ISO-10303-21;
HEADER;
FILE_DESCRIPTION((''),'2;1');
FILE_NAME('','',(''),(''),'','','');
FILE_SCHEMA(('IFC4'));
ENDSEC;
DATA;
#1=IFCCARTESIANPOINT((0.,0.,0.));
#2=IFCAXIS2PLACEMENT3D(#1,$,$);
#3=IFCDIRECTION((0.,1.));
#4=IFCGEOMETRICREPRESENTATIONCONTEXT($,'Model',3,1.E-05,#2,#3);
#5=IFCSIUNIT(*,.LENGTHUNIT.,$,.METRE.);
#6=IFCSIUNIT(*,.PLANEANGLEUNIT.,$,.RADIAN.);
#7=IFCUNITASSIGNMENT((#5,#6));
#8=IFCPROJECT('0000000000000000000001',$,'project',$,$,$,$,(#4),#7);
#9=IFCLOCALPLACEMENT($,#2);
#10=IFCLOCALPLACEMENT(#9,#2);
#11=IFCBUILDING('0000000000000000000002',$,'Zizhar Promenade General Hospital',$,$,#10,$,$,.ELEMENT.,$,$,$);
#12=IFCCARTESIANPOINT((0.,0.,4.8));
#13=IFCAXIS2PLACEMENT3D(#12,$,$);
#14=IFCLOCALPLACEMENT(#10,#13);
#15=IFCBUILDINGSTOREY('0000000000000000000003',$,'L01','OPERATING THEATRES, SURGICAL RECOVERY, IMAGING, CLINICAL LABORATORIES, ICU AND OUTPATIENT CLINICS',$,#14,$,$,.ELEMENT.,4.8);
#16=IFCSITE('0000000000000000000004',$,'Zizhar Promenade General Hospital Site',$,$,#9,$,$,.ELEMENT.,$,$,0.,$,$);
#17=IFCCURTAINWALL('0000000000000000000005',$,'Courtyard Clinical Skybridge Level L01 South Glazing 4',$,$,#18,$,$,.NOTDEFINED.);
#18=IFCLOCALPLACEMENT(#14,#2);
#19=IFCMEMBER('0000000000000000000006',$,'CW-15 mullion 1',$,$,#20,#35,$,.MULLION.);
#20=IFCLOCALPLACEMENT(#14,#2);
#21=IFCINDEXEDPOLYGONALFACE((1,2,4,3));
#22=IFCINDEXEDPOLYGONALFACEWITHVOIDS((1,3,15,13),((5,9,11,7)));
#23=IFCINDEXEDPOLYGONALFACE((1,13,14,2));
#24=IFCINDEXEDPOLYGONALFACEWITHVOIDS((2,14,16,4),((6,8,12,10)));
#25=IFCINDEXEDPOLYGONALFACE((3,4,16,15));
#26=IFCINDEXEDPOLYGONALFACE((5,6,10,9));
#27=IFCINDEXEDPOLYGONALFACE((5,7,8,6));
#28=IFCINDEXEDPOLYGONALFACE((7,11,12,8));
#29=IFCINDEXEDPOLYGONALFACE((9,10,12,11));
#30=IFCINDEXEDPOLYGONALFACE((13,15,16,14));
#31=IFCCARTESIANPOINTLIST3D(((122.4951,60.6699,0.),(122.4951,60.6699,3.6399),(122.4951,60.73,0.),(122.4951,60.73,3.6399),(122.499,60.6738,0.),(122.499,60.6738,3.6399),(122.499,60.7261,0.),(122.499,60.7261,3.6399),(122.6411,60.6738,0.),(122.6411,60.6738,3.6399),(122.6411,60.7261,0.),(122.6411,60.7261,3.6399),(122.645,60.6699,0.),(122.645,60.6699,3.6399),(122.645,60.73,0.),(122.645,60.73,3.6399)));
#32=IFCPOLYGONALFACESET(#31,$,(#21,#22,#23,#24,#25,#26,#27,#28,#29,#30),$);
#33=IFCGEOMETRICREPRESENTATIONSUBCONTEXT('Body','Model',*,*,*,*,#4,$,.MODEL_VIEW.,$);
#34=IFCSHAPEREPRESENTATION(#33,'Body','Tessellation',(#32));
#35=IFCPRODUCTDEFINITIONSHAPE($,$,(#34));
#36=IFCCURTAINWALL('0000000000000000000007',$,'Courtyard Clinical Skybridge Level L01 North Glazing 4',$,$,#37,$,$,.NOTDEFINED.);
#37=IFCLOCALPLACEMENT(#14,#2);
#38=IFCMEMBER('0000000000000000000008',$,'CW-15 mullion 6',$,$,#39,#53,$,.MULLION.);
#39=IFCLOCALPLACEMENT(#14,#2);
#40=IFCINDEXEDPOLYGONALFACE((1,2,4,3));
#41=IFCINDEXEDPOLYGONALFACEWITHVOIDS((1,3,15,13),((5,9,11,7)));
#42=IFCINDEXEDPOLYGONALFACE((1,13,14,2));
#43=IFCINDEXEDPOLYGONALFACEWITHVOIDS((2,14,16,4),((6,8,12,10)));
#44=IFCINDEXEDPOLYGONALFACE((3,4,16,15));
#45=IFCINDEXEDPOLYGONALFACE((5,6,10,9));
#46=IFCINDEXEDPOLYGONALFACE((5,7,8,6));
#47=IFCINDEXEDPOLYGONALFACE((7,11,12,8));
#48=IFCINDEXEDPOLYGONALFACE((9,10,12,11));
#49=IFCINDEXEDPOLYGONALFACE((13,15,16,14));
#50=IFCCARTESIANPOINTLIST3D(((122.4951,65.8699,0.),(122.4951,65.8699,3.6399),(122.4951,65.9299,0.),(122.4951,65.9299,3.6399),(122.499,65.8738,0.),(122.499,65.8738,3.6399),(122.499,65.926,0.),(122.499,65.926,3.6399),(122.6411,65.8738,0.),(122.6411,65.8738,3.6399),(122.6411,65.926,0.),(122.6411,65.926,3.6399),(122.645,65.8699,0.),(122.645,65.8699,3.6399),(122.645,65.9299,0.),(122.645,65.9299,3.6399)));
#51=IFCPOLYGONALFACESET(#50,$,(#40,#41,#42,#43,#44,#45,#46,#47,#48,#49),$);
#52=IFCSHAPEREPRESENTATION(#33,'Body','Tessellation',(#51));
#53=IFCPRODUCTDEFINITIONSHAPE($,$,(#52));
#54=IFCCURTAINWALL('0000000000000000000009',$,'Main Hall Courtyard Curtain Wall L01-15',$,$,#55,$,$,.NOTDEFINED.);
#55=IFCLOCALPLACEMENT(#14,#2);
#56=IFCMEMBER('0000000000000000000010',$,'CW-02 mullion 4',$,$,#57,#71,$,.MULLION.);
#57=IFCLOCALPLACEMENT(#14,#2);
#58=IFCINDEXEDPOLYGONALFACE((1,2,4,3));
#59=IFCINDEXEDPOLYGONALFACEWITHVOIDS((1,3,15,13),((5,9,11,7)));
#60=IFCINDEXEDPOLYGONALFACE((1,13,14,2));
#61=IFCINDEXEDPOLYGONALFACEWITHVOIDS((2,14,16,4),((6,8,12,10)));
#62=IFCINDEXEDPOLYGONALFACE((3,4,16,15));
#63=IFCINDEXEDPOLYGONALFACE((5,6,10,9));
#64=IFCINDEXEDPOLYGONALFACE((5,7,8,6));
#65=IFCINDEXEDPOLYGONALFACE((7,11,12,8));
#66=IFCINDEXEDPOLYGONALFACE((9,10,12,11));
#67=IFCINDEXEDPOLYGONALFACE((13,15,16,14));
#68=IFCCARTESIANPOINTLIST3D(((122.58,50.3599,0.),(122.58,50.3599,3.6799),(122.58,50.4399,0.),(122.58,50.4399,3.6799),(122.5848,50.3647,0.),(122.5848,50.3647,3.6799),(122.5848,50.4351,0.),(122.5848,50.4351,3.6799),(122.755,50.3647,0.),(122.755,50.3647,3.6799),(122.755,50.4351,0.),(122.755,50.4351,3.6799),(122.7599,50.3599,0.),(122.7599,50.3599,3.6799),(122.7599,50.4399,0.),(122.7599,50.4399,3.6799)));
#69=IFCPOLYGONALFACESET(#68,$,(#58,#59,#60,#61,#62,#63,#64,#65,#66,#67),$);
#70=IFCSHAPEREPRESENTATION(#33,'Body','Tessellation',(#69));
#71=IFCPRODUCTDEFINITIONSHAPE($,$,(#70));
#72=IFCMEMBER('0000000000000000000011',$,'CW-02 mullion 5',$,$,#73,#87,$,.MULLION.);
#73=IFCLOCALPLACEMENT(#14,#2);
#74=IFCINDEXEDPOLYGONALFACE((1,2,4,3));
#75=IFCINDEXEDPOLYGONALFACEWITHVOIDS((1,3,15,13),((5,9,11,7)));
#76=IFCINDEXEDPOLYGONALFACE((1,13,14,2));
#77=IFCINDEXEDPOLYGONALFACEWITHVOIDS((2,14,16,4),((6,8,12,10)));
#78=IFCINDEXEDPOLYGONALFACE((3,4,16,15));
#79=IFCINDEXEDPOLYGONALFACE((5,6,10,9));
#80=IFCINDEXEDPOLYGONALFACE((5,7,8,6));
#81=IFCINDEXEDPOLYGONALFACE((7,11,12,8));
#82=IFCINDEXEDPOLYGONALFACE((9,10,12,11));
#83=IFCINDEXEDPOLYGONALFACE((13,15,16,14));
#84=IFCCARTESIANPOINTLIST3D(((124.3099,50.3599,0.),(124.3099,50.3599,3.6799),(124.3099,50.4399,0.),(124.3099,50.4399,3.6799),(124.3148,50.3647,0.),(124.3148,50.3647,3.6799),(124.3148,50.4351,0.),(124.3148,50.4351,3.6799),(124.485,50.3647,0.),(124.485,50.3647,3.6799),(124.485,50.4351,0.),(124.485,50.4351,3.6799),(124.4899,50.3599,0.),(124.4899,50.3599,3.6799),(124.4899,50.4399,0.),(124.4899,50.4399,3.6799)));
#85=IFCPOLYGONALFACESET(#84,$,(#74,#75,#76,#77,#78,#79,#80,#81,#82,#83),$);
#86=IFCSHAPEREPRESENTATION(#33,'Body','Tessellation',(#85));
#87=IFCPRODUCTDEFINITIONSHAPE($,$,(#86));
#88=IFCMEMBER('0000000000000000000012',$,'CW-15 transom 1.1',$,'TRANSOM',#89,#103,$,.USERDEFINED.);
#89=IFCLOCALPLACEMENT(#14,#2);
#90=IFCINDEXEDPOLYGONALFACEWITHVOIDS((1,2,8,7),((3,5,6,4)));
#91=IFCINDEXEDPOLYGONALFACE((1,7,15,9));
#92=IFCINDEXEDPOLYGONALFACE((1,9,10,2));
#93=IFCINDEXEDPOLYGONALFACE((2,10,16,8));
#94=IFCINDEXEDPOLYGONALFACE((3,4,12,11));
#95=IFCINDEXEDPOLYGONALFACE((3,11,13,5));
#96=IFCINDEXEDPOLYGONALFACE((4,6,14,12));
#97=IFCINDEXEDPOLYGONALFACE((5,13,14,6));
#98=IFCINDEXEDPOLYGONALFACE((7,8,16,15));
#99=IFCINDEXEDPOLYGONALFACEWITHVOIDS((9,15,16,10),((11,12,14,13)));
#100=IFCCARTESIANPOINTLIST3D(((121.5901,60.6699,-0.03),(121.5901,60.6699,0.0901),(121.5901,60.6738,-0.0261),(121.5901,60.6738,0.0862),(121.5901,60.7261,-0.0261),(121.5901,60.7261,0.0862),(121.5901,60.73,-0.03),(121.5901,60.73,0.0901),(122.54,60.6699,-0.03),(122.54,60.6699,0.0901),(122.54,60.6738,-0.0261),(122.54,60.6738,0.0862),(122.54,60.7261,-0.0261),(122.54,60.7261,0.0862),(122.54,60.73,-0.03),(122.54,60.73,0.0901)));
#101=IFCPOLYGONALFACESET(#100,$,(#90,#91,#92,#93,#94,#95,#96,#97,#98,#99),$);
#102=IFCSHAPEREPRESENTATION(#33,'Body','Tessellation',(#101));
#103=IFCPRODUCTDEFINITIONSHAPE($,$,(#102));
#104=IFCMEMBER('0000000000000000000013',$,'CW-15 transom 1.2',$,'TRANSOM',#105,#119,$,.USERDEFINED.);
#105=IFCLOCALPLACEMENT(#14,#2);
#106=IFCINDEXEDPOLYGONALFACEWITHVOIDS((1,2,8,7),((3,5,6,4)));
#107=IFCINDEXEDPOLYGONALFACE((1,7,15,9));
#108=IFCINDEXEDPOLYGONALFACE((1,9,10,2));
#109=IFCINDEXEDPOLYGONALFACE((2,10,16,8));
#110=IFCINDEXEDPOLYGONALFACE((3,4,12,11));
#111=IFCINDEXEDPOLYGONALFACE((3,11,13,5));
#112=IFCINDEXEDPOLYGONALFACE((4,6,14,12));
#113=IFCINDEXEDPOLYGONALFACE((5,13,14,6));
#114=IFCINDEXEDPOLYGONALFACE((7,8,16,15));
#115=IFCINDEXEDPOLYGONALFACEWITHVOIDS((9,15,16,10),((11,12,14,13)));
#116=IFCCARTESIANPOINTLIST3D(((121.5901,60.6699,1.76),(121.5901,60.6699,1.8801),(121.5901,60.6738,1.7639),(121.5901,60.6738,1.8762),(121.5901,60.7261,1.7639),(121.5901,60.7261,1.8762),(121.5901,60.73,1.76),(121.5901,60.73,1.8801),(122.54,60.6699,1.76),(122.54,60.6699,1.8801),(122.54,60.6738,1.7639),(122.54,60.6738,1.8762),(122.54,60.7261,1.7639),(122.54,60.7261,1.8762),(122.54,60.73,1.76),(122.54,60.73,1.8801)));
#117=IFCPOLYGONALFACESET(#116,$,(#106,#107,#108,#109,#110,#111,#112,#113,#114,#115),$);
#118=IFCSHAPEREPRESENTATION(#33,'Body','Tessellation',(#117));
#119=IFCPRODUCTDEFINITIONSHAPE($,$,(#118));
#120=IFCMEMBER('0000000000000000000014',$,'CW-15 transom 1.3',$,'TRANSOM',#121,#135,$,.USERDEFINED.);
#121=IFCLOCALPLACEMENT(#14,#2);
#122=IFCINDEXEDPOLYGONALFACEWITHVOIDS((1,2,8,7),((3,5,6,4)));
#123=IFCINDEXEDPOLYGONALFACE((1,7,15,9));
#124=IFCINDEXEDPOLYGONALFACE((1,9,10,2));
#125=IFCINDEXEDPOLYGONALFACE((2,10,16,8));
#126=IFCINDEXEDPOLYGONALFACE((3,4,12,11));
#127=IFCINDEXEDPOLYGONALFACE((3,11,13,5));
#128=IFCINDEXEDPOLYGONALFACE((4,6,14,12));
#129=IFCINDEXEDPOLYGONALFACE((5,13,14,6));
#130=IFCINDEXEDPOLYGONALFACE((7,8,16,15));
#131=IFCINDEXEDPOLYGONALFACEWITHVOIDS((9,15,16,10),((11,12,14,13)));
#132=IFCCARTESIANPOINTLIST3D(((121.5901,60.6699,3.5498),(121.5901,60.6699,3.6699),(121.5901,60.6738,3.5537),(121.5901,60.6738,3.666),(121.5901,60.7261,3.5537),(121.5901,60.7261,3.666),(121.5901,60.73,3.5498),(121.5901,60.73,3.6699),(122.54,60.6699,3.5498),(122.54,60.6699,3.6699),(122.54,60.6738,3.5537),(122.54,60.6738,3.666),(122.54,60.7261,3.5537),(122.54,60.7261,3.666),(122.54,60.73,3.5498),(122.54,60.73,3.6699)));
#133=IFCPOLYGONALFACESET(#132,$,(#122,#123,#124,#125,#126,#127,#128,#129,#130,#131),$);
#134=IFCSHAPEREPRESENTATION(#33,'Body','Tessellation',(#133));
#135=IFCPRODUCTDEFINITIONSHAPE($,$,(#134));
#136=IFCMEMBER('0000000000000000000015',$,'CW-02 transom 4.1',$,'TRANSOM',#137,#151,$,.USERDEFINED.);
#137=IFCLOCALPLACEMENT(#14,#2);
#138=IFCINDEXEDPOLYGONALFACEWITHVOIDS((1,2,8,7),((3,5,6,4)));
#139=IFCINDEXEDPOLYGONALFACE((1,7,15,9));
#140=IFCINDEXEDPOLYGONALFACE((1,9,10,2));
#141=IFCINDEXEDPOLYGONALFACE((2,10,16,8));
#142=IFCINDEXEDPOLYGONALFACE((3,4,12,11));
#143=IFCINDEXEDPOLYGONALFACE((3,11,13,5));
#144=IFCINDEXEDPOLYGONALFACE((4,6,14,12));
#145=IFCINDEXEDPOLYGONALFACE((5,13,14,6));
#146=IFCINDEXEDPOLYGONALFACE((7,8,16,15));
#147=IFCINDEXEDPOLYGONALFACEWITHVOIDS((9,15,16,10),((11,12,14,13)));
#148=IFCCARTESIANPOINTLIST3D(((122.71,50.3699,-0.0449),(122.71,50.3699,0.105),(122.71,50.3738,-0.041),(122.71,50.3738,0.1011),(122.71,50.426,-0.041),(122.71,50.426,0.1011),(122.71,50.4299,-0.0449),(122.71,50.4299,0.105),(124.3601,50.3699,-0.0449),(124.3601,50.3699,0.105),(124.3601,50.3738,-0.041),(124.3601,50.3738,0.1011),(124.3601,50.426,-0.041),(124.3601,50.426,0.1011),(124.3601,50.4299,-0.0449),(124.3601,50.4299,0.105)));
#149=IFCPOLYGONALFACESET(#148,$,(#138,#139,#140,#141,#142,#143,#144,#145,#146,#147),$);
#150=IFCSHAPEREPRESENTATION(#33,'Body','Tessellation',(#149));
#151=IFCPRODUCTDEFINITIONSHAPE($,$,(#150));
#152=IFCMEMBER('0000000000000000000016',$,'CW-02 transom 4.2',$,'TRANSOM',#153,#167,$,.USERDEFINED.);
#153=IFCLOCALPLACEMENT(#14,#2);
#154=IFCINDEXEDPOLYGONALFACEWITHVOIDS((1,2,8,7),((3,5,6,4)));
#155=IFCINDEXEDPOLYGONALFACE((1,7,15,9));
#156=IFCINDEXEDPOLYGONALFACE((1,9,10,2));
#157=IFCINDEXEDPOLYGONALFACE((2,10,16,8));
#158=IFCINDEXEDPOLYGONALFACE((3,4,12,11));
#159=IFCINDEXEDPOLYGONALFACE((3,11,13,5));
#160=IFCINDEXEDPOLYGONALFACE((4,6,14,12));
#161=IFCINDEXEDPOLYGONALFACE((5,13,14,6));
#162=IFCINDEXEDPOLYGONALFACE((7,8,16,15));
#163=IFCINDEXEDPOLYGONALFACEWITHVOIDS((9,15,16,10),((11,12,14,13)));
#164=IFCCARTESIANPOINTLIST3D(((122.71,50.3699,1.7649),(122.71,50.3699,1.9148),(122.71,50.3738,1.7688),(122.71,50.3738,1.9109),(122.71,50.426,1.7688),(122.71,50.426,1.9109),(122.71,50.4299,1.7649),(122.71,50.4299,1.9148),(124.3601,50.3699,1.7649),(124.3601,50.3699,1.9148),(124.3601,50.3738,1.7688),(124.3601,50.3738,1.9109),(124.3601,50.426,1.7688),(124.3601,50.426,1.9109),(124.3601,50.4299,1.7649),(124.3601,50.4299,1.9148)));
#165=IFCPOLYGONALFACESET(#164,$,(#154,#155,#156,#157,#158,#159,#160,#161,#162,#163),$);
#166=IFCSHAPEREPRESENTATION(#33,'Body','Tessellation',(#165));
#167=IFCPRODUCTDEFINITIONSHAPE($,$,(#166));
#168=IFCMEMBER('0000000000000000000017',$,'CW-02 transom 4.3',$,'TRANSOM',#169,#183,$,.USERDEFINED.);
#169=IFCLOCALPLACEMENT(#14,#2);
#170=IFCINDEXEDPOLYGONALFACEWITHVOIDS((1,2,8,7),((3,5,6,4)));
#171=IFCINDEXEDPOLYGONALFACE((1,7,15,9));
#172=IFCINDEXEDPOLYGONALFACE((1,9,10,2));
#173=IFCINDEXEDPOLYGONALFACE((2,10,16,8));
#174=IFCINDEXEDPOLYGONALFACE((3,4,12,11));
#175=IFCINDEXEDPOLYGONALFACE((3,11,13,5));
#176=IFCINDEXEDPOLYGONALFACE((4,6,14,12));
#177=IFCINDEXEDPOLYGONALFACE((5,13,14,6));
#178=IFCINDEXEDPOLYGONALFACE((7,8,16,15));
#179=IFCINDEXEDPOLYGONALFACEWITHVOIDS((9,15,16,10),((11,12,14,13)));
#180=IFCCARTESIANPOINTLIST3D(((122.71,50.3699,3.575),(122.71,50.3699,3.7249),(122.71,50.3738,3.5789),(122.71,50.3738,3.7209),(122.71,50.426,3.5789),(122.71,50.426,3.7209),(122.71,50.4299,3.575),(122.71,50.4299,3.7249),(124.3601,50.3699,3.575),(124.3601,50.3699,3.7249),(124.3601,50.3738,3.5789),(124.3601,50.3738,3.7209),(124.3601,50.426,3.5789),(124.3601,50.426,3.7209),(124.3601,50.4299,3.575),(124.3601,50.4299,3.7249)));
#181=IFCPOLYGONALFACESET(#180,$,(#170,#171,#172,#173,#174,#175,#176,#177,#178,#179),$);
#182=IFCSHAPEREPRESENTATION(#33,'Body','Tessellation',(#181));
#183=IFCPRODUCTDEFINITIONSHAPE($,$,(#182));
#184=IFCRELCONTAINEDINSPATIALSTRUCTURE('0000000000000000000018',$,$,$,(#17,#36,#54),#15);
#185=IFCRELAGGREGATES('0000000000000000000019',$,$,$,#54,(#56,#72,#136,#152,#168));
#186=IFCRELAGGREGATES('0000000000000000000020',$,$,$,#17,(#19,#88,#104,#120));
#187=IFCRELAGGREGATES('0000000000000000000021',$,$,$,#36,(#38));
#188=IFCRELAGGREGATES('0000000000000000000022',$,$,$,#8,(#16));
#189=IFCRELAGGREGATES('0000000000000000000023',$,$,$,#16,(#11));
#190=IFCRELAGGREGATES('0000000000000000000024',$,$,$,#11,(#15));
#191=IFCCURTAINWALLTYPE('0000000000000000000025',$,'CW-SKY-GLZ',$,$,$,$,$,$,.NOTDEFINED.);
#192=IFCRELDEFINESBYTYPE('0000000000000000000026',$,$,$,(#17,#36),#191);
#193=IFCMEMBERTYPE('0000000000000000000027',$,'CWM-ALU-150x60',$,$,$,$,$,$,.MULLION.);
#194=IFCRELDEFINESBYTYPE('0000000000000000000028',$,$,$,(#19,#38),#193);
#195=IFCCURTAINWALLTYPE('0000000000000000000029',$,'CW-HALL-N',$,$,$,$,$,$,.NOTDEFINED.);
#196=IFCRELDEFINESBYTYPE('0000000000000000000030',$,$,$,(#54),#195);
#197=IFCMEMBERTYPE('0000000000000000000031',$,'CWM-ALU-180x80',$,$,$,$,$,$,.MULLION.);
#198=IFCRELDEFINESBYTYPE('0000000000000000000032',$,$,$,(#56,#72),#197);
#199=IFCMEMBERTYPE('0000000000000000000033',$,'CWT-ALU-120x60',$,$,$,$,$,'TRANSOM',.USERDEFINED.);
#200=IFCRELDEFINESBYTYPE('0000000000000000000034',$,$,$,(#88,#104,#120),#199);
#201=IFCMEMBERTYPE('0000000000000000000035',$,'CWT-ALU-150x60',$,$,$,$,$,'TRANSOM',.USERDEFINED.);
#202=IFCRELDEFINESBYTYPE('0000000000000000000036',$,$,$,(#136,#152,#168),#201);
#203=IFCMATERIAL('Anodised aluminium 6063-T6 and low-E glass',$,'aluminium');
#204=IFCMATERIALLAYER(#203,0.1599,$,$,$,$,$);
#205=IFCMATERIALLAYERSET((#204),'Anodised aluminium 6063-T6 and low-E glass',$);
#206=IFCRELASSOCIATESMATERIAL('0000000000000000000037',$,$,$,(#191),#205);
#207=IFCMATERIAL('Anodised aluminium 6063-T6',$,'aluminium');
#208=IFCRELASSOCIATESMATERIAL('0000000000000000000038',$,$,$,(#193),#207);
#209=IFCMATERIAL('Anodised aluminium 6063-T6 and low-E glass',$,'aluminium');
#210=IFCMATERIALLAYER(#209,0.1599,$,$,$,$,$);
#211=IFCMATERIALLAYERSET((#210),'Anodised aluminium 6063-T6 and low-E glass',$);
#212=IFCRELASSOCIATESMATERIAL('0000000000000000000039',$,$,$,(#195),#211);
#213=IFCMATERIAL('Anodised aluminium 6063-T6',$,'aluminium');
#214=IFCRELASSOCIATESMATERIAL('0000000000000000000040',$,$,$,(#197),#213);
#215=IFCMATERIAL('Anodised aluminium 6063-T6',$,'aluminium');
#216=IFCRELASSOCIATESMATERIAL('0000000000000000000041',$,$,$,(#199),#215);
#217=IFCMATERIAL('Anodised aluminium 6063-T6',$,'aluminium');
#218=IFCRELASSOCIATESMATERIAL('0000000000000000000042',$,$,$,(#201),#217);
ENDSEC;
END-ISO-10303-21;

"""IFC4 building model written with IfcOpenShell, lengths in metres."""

from ifc_helpers import new_model, si_unit, direction, frame, origin, origin_2d, place, context, subcontext, project, spatial, hollow_rectangle, extrude, material, layer, layer_set, material_profile, profile_set, type_object, element, aggregate, save


model = new_model("IFC4")

# Units and contexts
model_context = context("Model", 3, precision=1e-05, world=origin(), true_north=direction((0.0, 1.0)))
body_context = subcontext(model_context, "Body", "Model", "MODEL_VIEW")
ifc_project = project(units=[si_unit("LENGTHUNIT", "METRE"), si_unit("PLANEANGLEUNIT", "RADIAN")], contexts=[model_context])

# Site, building, storey
site_placement = place(None, origin())
site = spatial("IfcSite", under=ifc_project, at=site_placement, Name="Zizhar Promenade General Hospital Site", CompositionType="ELEMENT", RefElevation=0.0)
building_placement = place(site_placement, origin())
building = spatial("IfcBuilding", under=site, at=building_placement, Name="Zizhar Promenade General Hospital", CompositionType="ELEMENT")
storey_placement = place(building_placement, frame((0.0, 0.0, 4.8)))
storey = spatial("IfcBuildingStorey", under=building, at=storey_placement, Name="L01", Description="OPERATING THEATRES, SURGICAL RECOVERY, IMAGING, CLINICAL LABORATORIES, ICU AND OUTPATIENT CLINICS", CompositionType="ELEMENT", Elevation=4.8)

# Curtain walls, members
ifc_material_1 = material(Name="Anodised aluminium 6063-T6 and low-E glass", Category="aluminium")
ifc_layer_1 = layer(ifc_material_1, 0.1599)
ifc_layer_set_1 = layer_set([ifc_layer_1], Name="Anodised aluminium 6063-T6 and low-E glass")
curtain_wall_type_1 = type_object("IfcCurtainWallType", Name="CW-SKY-GLZ", PredefinedType="NOTDEFINED", material=ifc_layer_set_1)
curtain_wall_1_placement = place(storey_placement, origin())
curtain_wall_1 = element("IfcCurtainWall", 1, at=curtain_wall_1_placement, inside=storey, type_object=curtain_wall_type_1, Name="Courtyard Clinical Skybridge Level L01 South Glazing 4", PredefinedType="NOTDEFINED")
ifc_material_2 = material(Name="Anodised aluminium 6063-T6", Category="aluminium")
ifc_material_profile_1 = material_profile(ifc_material_2, hollow_rectangle(XDim=0.0601, YDim=0.1499, WallThickness=0.0039, at=origin_2d()))
ifc_profile_set_1 = profile_set([ifc_material_profile_1], Name="Anodised aluminium 6063-T6")
member_type_1 = type_object("IfcMemberType", Name="CWM-ALU-150x60", PredefinedType="MULLION", material=ifc_profile_set_1)
member_1_placement = place(storey_placement, frame((122.5701, 60.7, 0.0), z_axis=(0.0, 0.0, 1.0), x_axis=(0.0, -1.0, 0.0)))
member_1 = element("IfcMember", 2, at=member_1_placement, type_object=member_type_1, Name="CW-15 mullion 1", PredefinedType="MULLION", context=body_context, shape_type="SweptSolid", body=[
    extrude(hollow_rectangle(XDim=0.0601, YDim=0.1499, WallThickness=0.0039, at=origin_2d()), origin(), (0.0, 0.0, 1.0), 3.6399),
])
curtain_wall_2_placement = place(storey_placement, origin())
curtain_wall_2 = element("IfcCurtainWall", 3, at=curtain_wall_2_placement, inside=storey, type_object=curtain_wall_type_1, Name="Courtyard Clinical Skybridge Level L01 North Glazing 4", PredefinedType="NOTDEFINED")
member_2_placement = place(storey_placement, frame((122.5701, 65.8999, 0.0), z_axis=(0.0, 0.0, 1.0), x_axis=(0.0, 1.0, 0.0)))
member_2 = element("IfcMember", 4, at=member_2_placement, type_object=member_type_1, Name="CW-15 mullion 6", PredefinedType="MULLION", context=body_context, shape_type="SweptSolid", body=[
    extrude(hollow_rectangle(XDim=0.0601, YDim=0.1499, WallThickness=0.0039, at=origin_2d()), origin(), (0.0, 0.0, 1.0), 3.6399),
])

# Curtain wall, members
ifc_material_3 = material(Name="Anodised aluminium 6063-T6 and low-E glass", Category="aluminium")
ifc_layer_2 = layer(ifc_material_3, 0.1599)
ifc_layer_set_2 = layer_set([ifc_layer_2], Name="Anodised aluminium 6063-T6 and low-E glass")
curtain_wall_type_2 = type_object("IfcCurtainWallType", Name="CW-HALL-N", PredefinedType="NOTDEFINED", material=ifc_layer_set_2)
curtain_wall_3_placement = place(storey_placement, origin())
curtain_wall_3 = element("IfcCurtainWall", 5, at=curtain_wall_3_placement, inside=storey, type_object=curtain_wall_type_2, Name="Main Hall Courtyard Curtain Wall L01-15", PredefinedType="NOTDEFINED")
ifc_material_4 = material(Name="Anodised aluminium 6063-T6", Category="aluminium")
ifc_material_profile_2 = material_profile(ifc_material_4, hollow_rectangle(XDim=0.0801, YDim=0.1799, WallThickness=0.0049, at=origin_2d()))
ifc_profile_set_2 = profile_set([ifc_material_profile_2], Name="Anodised aluminium 6063-T6")
member_type_2 = type_object("IfcMemberType", Name="CWM-ALU-180x80", PredefinedType="MULLION", material=ifc_profile_set_2)
member_3_placement = place(storey_placement, frame((122.6699, 50.3999, 0.0), z_axis=(0.0, 0.0, 1.0), x_axis=(0.0, 1.0, 0.0)))
member_3 = element("IfcMember", 6, at=member_3_placement, type_object=member_type_2, Name="CW-02 mullion 4", PredefinedType="MULLION", context=body_context, shape_type="SweptSolid", body=[
    extrude(hollow_rectangle(XDim=0.0801, YDim=0.1799, WallThickness=0.0049, at=origin_2d()), origin(), (0.0, 0.0, 1.0), 3.6799),
])
member_4_placement = place(storey_placement, frame((124.3999, 50.3999, 0.0), z_axis=(0.0, 0.0, 1.0), x_axis=(0.0, 1.0, 0.0)))
member_4 = element("IfcMember", 7, at=member_4_placement, type_object=member_type_2, Name="CW-02 mullion 5", PredefinedType="MULLION", context=body_context, shape_type="SweptSolid", body=[
    extrude(hollow_rectangle(XDim=0.0801, YDim=0.1799, WallThickness=0.0049, at=origin_2d()), origin(), (0.0, 0.0, 1.0), 3.6799),
])

# Members
ifc_material_5 = material(Name="Anodised aluminium 6063-T6", Category="aluminium")
ifc_material_profile_3 = material_profile(ifc_material_5, hollow_rectangle(XDim=0.0601, YDim=0.1201, WallThickness=0.0039, at=origin_2d()))
ifc_profile_set_3 = profile_set([ifc_material_profile_3], Name="Anodised aluminium 6063-T6")
member_type_3 = type_object("IfcMemberType", Name="CWT-ALU-120x60", ElementType="TRANSOM", PredefinedType="USERDEFINED", material=ifc_profile_set_3)
member_5_placement = place(storey_placement, frame((122.54, 60.7, 0.03), z_axis=(-1.0, 0.0, 0.0), x_axis=(0.0, -1.0, 0.0)))
member_5 = element("IfcMember", 8, at=member_5_placement, type_object=member_type_3, Name="CW-15 transom 1.1", ObjectType="TRANSOM", PredefinedType="USERDEFINED", context=body_context, shape_type="SweptSolid", body=[
    extrude(hollow_rectangle(XDim=0.0601, YDim=0.1201, WallThickness=0.0039, at=origin_2d()), origin(), (0.0, 0.0, 1.0), 0.95),
])
member_6_placement = place(storey_placement, frame((122.54, 60.7, 1.8201), z_axis=(-1.0, 0.0, 0.0), x_axis=(0.0, -1.0, 0.0)))
member_6 = element("IfcMember", 9, at=member_6_placement, type_object=member_type_3, Name="CW-15 transom 1.2", ObjectType="TRANSOM", PredefinedType="USERDEFINED", context=body_context, shape_type="SweptSolid", body=[
    extrude(hollow_rectangle(XDim=0.0601, YDim=0.1201, WallThickness=0.0039, at=origin_2d()), origin(), (0.0, 0.0, 1.0), 0.95),
])
member_7_placement = place(storey_placement, frame((122.54, 60.7, 3.6099), z_axis=(-1.0, 0.0, 0.0), x_axis=(0.0, -1.0, 0.0)))
member_7 = element("IfcMember", 10, at=member_7_placement, type_object=member_type_3, Name="CW-15 transom 1.3", ObjectType="TRANSOM", PredefinedType="USERDEFINED", context=body_context, shape_type="SweptSolid", body=[
    extrude(hollow_rectangle(XDim=0.0601, YDim=0.1201, WallThickness=0.0039, at=origin_2d()), origin(), (0.0, 0.0, 1.0), 0.95),
])
ifc_material_6 = material(Name="Anodised aluminium 6063-T6", Category="aluminium")
ifc_material_profile_4 = material_profile(ifc_material_6, hollow_rectangle(XDim=0.0601, YDim=0.1499, WallThickness=0.0039, at=origin_2d()))
ifc_profile_set_4 = profile_set([ifc_material_profile_4], Name="Anodised aluminium 6063-T6")
member_type_4 = type_object("IfcMemberType", Name="CWT-ALU-150x60", ElementType="TRANSOM", PredefinedType="USERDEFINED", material=ifc_profile_set_4)
member_8_placement = place(storey_placement, frame((122.71, 50.3999, 0.03), z_axis=(1.0, 0.0, 0.0), x_axis=(0.0, 1.0, 0.0)))
member_8 = element("IfcMember", 11, at=member_8_placement, type_object=member_type_4, Name="CW-02 transom 4.1", ObjectType="TRANSOM", PredefinedType="USERDEFINED", context=body_context, shape_type="SweptSolid", body=[
    extrude(hollow_rectangle(XDim=0.0601, YDim=0.1499, WallThickness=0.0039, at=origin_2d()), origin(), (0.0, 0.0, 1.0), 1.6501),
])
member_9_placement = place(storey_placement, frame((122.71, 50.3999, 1.8398), z_axis=(1.0, 0.0, 0.0), x_axis=(0.0, 1.0, 0.0)))
member_9 = element("IfcMember", 12, at=member_9_placement, type_object=member_type_4, Name="CW-02 transom 4.2", ObjectType="TRANSOM", PredefinedType="USERDEFINED", context=body_context, shape_type="SweptSolid", body=[
    extrude(hollow_rectangle(XDim=0.0601, YDim=0.1499, WallThickness=0.0039, at=origin_2d()), origin(), (0.0, 0.0, 1.0), 1.6501),
])
member_10_placement = place(storey_placement, frame((122.71, 50.3999, 3.6499), z_axis=(1.0, 0.0, 0.0), x_axis=(0.0, 1.0, 0.0)))
member_10 = element("IfcMember", 13, at=member_10_placement, type_object=member_type_4, Name="CW-02 transom 4.3", ObjectType="TRANSOM", PredefinedType="USERDEFINED", context=body_context, shape_type="SweptSolid", body=[
    extrude(hollow_rectangle(XDim=0.0601, YDim=0.1499, WallThickness=0.0039, at=origin_2d()), origin(), (0.0, 0.0, 1.0), 1.6501),
])

aggregate(curtain_wall_3, [member_3, member_4, member_8, member_9, member_10])
aggregate(curtain_wall_1, [member_1, member_5, member_6, member_7])
aggregate(curtain_wall_2, [member_2])

save(model, "model.ifc")
